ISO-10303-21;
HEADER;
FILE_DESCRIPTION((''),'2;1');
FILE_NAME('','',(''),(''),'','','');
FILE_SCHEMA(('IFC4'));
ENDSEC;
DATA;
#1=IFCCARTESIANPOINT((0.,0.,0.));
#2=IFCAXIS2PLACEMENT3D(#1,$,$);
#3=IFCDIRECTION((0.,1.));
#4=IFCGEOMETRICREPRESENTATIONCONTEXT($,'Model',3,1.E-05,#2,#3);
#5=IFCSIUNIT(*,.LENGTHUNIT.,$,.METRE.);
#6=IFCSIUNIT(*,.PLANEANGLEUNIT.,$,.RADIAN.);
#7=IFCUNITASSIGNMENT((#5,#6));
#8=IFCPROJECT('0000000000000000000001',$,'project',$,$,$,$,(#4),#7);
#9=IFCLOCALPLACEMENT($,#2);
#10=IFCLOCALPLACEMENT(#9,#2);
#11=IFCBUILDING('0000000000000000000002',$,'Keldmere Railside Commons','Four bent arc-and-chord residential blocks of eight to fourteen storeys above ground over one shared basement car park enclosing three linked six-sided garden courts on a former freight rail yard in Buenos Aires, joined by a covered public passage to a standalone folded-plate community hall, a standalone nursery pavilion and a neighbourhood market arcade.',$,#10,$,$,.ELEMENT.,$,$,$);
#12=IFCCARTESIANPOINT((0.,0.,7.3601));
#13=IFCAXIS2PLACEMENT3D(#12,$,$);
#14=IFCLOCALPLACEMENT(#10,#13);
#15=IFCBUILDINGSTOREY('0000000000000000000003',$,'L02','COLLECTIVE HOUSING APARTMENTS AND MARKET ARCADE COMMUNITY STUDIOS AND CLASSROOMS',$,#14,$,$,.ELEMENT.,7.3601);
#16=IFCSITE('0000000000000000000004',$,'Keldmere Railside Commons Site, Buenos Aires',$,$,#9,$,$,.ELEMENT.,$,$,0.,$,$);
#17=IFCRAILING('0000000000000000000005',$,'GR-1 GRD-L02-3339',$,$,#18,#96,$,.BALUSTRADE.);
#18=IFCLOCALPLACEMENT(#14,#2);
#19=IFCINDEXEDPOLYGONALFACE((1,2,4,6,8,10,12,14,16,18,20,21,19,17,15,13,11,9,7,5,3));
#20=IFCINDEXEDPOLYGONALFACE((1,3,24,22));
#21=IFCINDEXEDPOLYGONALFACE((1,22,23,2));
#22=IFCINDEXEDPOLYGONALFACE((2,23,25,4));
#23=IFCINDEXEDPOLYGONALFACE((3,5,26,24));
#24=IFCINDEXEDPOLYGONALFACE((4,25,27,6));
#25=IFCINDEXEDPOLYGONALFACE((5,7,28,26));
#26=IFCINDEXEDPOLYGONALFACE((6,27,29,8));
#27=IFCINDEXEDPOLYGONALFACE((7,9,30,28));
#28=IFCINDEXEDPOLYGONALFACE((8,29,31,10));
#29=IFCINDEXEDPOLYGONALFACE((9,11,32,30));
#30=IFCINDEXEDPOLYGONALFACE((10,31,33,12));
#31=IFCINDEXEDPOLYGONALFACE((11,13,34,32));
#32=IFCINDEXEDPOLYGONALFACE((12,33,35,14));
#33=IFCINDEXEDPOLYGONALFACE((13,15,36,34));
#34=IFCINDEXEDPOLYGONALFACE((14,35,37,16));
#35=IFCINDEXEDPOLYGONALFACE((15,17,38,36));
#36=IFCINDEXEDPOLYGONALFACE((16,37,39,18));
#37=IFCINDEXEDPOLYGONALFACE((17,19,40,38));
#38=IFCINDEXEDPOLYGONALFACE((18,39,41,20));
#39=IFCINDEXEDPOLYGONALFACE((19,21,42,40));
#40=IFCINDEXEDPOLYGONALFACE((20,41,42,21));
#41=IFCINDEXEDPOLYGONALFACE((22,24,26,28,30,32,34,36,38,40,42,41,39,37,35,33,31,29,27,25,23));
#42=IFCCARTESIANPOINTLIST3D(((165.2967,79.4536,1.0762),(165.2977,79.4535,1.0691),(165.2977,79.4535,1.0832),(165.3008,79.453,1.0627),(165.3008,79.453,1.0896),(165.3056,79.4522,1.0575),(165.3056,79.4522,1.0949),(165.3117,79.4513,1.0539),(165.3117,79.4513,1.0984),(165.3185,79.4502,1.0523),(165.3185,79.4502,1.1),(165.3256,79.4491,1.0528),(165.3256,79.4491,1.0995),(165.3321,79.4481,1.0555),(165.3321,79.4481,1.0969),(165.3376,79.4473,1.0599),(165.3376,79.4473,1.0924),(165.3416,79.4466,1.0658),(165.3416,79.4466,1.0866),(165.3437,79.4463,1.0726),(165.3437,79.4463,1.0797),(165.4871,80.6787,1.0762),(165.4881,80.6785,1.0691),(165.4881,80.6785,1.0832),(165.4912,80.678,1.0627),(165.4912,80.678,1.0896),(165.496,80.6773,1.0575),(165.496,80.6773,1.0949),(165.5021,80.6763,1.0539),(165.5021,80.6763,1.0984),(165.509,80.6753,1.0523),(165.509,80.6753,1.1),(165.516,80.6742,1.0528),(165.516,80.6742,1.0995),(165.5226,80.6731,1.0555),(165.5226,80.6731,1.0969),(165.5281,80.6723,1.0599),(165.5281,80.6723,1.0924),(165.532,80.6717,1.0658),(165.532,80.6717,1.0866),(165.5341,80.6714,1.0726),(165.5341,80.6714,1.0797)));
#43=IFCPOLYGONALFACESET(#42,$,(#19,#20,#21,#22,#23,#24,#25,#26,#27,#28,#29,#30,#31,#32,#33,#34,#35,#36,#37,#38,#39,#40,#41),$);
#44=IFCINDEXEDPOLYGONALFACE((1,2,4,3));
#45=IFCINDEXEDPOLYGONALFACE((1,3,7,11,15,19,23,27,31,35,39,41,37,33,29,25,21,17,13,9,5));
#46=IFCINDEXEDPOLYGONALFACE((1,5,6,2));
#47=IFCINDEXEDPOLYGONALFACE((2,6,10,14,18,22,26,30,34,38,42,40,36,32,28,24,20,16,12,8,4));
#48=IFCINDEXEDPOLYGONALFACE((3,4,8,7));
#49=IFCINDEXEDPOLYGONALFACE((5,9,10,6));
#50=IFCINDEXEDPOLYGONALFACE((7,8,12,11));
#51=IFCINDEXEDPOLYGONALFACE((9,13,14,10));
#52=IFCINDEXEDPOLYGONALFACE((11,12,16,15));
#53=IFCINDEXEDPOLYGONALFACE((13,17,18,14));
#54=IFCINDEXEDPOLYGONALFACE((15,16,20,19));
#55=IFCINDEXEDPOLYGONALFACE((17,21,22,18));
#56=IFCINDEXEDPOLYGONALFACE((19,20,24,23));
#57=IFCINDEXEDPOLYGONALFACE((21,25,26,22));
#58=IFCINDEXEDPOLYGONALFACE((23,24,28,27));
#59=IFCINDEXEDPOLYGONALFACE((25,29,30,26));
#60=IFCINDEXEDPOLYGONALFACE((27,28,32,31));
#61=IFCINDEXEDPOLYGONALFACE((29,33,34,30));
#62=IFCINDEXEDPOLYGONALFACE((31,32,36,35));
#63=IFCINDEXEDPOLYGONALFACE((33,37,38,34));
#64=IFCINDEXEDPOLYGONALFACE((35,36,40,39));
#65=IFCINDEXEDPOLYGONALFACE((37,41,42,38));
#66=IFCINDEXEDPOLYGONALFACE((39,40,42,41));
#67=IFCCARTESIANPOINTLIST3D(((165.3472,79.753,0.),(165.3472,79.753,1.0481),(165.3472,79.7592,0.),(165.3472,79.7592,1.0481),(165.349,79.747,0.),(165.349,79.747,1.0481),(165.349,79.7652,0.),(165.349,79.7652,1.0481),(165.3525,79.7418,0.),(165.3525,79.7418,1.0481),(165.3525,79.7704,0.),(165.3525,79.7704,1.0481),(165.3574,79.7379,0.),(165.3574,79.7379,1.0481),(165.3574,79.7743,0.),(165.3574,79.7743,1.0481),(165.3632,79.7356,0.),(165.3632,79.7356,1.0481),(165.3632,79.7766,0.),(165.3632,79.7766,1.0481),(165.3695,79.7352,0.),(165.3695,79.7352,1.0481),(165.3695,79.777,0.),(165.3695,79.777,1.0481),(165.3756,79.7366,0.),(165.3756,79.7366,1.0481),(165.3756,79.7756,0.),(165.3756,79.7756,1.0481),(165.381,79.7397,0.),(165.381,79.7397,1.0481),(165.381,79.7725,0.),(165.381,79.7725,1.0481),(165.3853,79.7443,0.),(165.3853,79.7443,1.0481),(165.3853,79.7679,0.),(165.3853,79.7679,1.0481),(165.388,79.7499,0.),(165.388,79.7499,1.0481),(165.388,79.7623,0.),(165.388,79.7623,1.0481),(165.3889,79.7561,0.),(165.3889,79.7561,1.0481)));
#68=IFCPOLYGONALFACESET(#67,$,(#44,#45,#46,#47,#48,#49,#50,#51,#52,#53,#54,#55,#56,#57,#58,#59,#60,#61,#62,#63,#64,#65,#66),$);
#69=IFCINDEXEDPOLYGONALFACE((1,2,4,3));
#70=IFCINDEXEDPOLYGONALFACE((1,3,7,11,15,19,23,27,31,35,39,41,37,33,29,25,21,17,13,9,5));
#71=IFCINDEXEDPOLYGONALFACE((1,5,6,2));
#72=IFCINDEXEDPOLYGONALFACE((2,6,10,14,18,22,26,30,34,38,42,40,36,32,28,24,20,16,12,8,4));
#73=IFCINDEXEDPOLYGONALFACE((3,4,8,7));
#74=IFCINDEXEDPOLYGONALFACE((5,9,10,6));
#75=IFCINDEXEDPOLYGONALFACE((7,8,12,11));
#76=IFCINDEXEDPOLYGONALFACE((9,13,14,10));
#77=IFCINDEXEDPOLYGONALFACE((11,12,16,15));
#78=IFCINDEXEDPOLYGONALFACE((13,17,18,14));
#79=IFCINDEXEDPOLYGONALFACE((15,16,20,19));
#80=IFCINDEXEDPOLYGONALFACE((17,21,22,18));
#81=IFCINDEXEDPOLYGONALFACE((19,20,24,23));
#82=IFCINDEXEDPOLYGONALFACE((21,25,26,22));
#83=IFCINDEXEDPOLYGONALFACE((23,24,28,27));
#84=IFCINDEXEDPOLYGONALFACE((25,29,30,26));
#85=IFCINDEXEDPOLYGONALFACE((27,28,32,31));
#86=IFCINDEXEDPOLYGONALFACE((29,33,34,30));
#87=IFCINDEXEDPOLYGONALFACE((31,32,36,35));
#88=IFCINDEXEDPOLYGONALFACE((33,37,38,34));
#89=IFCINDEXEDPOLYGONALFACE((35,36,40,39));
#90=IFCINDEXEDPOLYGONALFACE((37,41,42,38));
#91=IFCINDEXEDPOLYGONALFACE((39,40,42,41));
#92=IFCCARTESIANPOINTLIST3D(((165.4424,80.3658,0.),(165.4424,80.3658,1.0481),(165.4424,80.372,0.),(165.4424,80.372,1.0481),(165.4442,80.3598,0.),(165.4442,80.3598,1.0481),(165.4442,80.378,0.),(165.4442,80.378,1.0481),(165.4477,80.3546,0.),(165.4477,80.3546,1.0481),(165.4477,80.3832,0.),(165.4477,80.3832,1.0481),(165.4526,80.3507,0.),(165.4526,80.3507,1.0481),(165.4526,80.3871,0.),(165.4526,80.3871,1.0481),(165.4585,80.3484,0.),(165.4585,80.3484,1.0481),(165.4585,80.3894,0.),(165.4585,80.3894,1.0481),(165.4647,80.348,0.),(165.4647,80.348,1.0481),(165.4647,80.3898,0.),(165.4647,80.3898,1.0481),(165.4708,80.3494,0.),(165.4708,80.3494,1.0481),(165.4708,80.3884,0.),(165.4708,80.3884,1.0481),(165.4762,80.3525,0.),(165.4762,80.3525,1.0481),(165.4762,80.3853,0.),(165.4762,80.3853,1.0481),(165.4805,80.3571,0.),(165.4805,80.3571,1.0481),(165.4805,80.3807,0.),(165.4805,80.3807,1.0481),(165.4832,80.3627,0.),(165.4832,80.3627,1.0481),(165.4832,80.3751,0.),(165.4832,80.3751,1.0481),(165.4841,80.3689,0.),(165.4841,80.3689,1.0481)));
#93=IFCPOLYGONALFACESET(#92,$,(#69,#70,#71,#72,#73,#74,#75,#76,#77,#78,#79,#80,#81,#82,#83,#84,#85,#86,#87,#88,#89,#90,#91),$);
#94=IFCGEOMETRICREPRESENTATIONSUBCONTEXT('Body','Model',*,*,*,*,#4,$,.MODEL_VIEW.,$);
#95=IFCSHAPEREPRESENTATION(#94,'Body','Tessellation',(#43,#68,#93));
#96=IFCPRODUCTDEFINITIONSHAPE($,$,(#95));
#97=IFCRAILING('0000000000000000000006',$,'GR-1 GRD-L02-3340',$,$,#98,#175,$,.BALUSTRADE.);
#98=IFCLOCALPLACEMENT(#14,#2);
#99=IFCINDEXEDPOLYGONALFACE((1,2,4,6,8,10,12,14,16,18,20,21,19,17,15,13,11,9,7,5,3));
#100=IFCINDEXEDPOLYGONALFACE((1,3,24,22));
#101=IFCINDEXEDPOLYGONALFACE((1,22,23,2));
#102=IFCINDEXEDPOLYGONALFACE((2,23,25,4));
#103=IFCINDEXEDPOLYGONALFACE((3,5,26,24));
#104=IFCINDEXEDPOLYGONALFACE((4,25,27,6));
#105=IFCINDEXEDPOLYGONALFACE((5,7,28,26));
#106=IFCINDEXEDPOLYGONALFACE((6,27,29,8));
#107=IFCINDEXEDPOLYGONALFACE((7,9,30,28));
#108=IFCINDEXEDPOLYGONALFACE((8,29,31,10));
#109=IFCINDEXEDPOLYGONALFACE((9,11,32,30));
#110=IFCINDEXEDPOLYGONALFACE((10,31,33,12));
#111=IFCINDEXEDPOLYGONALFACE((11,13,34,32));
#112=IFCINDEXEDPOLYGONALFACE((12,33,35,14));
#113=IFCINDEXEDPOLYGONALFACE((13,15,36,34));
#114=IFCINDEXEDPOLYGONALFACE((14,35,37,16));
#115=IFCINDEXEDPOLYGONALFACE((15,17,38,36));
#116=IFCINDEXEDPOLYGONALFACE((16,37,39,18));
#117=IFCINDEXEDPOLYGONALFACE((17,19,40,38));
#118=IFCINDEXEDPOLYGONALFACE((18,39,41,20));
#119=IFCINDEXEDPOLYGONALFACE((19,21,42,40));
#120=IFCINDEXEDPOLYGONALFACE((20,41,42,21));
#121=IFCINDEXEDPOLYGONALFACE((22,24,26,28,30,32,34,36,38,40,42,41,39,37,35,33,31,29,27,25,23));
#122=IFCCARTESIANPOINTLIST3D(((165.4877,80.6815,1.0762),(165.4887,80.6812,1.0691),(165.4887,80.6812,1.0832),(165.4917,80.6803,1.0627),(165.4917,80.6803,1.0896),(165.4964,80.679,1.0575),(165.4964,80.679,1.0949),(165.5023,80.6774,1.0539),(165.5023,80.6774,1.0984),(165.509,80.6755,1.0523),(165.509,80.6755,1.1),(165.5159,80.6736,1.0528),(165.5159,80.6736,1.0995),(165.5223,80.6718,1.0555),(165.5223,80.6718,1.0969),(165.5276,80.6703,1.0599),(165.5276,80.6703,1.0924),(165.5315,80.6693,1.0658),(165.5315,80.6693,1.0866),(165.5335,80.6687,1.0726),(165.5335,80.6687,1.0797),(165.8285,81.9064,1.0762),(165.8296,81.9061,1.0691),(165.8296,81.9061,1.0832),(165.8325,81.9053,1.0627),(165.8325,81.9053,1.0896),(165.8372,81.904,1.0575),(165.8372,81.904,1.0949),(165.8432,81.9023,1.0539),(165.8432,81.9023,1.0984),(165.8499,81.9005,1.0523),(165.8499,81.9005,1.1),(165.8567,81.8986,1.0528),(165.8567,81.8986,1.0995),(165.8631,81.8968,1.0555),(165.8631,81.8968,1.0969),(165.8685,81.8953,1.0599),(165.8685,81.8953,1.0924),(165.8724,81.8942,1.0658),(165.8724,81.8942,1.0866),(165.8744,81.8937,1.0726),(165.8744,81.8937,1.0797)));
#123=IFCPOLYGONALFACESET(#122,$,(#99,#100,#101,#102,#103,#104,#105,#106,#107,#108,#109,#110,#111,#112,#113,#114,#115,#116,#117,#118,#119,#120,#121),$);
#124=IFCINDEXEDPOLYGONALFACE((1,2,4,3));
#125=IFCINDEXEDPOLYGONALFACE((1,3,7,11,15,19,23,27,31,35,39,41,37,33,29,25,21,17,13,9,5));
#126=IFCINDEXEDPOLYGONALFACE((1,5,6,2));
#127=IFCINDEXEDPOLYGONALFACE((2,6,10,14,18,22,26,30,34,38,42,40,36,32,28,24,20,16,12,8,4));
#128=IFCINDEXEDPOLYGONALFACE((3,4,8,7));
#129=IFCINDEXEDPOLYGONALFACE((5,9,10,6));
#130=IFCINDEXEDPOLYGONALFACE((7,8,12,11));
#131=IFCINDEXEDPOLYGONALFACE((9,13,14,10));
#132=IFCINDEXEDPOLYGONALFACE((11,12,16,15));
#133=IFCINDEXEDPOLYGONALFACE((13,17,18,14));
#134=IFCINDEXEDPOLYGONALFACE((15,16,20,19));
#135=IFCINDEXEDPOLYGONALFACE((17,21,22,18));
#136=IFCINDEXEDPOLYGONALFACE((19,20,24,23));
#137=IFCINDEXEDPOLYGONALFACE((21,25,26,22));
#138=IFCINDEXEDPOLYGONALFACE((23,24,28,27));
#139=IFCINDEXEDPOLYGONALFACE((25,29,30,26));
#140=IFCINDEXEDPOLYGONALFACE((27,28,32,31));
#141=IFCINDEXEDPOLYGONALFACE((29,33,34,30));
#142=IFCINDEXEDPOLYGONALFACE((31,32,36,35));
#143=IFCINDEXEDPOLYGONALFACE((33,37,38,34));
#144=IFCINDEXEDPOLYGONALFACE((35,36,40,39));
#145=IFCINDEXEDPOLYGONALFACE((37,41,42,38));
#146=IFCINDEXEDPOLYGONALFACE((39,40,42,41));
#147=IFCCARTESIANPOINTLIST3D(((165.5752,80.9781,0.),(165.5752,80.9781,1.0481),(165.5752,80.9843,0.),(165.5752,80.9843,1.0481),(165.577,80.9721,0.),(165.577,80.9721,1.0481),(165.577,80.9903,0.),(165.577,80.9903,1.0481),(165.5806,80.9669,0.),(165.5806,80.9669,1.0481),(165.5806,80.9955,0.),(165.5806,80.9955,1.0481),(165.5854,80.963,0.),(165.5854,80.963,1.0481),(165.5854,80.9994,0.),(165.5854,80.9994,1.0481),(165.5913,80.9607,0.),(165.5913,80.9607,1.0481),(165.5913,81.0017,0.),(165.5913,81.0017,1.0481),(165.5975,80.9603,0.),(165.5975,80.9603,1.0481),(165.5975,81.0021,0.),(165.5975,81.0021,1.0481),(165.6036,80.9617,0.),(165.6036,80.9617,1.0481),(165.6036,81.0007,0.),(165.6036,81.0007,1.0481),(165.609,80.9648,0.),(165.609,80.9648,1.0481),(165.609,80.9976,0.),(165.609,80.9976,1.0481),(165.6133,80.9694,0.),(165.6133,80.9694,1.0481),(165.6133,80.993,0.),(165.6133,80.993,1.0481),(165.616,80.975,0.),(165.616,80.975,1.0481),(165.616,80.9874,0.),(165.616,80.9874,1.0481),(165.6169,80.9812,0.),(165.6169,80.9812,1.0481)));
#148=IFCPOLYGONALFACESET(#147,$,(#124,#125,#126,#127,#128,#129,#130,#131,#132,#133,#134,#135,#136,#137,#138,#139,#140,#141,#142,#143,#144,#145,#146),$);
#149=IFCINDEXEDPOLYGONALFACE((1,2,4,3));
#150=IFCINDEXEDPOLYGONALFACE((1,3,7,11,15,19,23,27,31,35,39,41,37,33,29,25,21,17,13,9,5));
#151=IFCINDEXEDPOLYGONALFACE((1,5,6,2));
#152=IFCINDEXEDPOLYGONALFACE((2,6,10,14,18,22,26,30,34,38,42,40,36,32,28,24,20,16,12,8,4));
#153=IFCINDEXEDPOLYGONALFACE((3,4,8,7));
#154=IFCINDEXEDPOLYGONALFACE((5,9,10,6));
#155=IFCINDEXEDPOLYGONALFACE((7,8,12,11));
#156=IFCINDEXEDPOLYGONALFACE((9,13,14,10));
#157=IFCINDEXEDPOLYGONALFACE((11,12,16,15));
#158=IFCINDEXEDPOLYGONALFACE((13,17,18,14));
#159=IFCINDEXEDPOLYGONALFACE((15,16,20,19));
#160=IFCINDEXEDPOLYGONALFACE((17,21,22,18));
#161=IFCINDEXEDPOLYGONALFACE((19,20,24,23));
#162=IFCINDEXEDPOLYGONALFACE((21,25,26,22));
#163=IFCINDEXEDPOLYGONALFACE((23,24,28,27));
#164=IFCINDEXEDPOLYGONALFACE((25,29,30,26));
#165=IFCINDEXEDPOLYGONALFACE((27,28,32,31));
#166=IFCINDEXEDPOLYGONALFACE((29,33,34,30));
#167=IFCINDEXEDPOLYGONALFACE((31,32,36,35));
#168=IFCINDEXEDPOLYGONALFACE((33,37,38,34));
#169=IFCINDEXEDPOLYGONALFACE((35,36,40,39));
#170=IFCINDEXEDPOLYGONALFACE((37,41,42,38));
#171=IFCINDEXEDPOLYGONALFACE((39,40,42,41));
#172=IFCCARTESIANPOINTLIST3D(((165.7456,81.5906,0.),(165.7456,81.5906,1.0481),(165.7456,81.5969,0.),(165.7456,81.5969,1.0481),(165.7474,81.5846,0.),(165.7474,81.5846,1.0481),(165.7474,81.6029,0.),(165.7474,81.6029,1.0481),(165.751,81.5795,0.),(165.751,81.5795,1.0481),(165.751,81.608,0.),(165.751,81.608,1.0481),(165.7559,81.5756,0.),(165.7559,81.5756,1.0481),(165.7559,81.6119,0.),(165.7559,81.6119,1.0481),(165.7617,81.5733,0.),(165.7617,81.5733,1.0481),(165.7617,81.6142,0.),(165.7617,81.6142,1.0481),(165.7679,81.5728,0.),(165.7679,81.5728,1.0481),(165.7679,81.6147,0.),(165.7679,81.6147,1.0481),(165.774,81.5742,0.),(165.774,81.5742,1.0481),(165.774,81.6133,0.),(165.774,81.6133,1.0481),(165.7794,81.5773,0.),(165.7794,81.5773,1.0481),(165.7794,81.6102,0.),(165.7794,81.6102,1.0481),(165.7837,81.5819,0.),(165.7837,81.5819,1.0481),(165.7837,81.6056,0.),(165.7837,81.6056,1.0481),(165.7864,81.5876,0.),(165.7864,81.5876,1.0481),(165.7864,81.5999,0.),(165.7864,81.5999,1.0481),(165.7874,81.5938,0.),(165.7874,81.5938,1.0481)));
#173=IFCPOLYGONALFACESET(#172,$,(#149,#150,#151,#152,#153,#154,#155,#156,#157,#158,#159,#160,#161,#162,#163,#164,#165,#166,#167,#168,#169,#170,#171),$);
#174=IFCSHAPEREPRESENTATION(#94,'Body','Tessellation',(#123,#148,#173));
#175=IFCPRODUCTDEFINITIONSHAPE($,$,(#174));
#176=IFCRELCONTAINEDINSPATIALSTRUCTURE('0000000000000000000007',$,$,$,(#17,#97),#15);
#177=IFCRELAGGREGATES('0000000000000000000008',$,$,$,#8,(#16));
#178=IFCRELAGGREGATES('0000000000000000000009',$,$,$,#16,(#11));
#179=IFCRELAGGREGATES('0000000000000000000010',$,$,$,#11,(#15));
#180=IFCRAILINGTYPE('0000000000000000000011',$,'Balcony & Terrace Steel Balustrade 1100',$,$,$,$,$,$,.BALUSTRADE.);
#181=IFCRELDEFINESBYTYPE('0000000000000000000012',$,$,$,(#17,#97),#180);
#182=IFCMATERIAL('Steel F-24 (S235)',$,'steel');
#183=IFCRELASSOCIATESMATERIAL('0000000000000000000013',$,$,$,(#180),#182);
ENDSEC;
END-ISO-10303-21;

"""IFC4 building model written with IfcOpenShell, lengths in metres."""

from ifc_helpers import new_model, si_unit, direction, frame, origin, origin_2d, place, context, subcontext, project, spatial, circle, extrude, material, type_object, element, save


model = new_model("IFC4")

# Units and contexts
model_context = context("Model", 3, precision=1e-05, world=origin(), true_north=direction((0.0, 1.0)))
body_context = subcontext(model_context, "Body", "Model", "MODEL_VIEW")
ifc_project = project(units=[si_unit("LENGTHUNIT", "METRE"), si_unit("PLANEANGLEUNIT", "RADIAN")], contexts=[model_context])

# Site, building, storey
site_placement = place(None, origin())
site = spatial("IfcSite", under=ifc_project, at=site_placement, Name="Keldmere Railside Commons Site, Buenos Aires", CompositionType="ELEMENT", RefElevation=0.0)
building_placement = place(site_placement, origin())
building = spatial("IfcBuilding", under=site, at=building_placement, Name="Keldmere Railside Commons", Description="Four bent arc-and-chord residential blocks of eight to fourteen storeys above ground over one shared basement car park enclosing three linked six-sided garden courts on a former freight rail yard in Buenos Aires, joined by a covered public passage to a standalone folded-plate community hall, a standalone nursery pavilion and a neighbourhood market arcade.", CompositionType="ELEMENT")
storey_placement = place(building_placement, frame((0.0, 0.0, 7.3601)))
storey = spatial("IfcBuildingStorey", under=building, at=storey_placement, Name="L02", Description="COLLECTIVE HOUSING APARTMENTS AND MARKET ARCADE COMMUNITY STUDIOS AND CLASSROOMS", CompositionType="ELEMENT", Elevation=7.3601)

# Railings
ifc_material_1 = material(Name="Steel F-24 (S235)", Category="steel")
railing_type = type_object("IfcRailingType", Name="Balcony & Terrace Steel Balustrade 1100", PredefinedType="BALUSTRADE", material=ifc_material_1)
railing_1_placement = place(storey_placement, frame((165.3203, 79.45, 0.0)))
element("IfcRailing", 1, at=railing_1_placement, inside=storey, type_object=railing_type, Name="GR-1 GRD-L02-3339", PredefinedType="BALUSTRADE", context=body_context, shape_type="SweptSolid", body=[
    extrude(circle(Radius=0.0239, at=origin_2d()), frame((0.0, 0.0, 1.0762), z_axis=(0.153596, 0.988134, 0.0), x_axis=(-0.988134, 0.153596, 0.0)), (0.0, 0.0, 1.0), 1.2397),
    extrude(circle(Radius=0.021, at=origin_2d()), frame((0.0476, 0.3062, 0.0)), (0.0, 0.0, 1.0), 1.0481),
    extrude(circle(Radius=0.021, at=origin_2d()), frame((0.1428, 0.9189, 0.0)), (0.0, 0.0, 1.0), 1.0481),
])
railing_2_placement = place(storey_placement, frame((165.5107, 80.675, 0.0)))
element("IfcRailing", 2, at=railing_2_placement, inside=storey, type_object=railing_type, Name="GR-1 GRD-L02-3340", PredefinedType="BALUSTRADE", context=body_context, shape_type="SweptSolid", body=[
    extrude(circle(Radius=0.0239, at=origin_2d()), frame((0.0, 0.0, 1.0762), z_axis=(0.26807, 0.9634, 0.0), x_axis=(-0.9634, 0.26807, 0.0)), (0.0, 0.0, 1.0), 1.2715),
    extrude(circle(Radius=0.021, at=origin_2d()), frame((0.0852, 0.3062, 0.0)), (0.0, 0.0, 1.0), 1.0481),
    extrude(circle(Radius=0.021, at=origin_2d()), frame((0.2556, 0.9187, 0.0)), (0.0, 0.0, 1.0), 1.0481),
])

save(model, "model.ifc")
